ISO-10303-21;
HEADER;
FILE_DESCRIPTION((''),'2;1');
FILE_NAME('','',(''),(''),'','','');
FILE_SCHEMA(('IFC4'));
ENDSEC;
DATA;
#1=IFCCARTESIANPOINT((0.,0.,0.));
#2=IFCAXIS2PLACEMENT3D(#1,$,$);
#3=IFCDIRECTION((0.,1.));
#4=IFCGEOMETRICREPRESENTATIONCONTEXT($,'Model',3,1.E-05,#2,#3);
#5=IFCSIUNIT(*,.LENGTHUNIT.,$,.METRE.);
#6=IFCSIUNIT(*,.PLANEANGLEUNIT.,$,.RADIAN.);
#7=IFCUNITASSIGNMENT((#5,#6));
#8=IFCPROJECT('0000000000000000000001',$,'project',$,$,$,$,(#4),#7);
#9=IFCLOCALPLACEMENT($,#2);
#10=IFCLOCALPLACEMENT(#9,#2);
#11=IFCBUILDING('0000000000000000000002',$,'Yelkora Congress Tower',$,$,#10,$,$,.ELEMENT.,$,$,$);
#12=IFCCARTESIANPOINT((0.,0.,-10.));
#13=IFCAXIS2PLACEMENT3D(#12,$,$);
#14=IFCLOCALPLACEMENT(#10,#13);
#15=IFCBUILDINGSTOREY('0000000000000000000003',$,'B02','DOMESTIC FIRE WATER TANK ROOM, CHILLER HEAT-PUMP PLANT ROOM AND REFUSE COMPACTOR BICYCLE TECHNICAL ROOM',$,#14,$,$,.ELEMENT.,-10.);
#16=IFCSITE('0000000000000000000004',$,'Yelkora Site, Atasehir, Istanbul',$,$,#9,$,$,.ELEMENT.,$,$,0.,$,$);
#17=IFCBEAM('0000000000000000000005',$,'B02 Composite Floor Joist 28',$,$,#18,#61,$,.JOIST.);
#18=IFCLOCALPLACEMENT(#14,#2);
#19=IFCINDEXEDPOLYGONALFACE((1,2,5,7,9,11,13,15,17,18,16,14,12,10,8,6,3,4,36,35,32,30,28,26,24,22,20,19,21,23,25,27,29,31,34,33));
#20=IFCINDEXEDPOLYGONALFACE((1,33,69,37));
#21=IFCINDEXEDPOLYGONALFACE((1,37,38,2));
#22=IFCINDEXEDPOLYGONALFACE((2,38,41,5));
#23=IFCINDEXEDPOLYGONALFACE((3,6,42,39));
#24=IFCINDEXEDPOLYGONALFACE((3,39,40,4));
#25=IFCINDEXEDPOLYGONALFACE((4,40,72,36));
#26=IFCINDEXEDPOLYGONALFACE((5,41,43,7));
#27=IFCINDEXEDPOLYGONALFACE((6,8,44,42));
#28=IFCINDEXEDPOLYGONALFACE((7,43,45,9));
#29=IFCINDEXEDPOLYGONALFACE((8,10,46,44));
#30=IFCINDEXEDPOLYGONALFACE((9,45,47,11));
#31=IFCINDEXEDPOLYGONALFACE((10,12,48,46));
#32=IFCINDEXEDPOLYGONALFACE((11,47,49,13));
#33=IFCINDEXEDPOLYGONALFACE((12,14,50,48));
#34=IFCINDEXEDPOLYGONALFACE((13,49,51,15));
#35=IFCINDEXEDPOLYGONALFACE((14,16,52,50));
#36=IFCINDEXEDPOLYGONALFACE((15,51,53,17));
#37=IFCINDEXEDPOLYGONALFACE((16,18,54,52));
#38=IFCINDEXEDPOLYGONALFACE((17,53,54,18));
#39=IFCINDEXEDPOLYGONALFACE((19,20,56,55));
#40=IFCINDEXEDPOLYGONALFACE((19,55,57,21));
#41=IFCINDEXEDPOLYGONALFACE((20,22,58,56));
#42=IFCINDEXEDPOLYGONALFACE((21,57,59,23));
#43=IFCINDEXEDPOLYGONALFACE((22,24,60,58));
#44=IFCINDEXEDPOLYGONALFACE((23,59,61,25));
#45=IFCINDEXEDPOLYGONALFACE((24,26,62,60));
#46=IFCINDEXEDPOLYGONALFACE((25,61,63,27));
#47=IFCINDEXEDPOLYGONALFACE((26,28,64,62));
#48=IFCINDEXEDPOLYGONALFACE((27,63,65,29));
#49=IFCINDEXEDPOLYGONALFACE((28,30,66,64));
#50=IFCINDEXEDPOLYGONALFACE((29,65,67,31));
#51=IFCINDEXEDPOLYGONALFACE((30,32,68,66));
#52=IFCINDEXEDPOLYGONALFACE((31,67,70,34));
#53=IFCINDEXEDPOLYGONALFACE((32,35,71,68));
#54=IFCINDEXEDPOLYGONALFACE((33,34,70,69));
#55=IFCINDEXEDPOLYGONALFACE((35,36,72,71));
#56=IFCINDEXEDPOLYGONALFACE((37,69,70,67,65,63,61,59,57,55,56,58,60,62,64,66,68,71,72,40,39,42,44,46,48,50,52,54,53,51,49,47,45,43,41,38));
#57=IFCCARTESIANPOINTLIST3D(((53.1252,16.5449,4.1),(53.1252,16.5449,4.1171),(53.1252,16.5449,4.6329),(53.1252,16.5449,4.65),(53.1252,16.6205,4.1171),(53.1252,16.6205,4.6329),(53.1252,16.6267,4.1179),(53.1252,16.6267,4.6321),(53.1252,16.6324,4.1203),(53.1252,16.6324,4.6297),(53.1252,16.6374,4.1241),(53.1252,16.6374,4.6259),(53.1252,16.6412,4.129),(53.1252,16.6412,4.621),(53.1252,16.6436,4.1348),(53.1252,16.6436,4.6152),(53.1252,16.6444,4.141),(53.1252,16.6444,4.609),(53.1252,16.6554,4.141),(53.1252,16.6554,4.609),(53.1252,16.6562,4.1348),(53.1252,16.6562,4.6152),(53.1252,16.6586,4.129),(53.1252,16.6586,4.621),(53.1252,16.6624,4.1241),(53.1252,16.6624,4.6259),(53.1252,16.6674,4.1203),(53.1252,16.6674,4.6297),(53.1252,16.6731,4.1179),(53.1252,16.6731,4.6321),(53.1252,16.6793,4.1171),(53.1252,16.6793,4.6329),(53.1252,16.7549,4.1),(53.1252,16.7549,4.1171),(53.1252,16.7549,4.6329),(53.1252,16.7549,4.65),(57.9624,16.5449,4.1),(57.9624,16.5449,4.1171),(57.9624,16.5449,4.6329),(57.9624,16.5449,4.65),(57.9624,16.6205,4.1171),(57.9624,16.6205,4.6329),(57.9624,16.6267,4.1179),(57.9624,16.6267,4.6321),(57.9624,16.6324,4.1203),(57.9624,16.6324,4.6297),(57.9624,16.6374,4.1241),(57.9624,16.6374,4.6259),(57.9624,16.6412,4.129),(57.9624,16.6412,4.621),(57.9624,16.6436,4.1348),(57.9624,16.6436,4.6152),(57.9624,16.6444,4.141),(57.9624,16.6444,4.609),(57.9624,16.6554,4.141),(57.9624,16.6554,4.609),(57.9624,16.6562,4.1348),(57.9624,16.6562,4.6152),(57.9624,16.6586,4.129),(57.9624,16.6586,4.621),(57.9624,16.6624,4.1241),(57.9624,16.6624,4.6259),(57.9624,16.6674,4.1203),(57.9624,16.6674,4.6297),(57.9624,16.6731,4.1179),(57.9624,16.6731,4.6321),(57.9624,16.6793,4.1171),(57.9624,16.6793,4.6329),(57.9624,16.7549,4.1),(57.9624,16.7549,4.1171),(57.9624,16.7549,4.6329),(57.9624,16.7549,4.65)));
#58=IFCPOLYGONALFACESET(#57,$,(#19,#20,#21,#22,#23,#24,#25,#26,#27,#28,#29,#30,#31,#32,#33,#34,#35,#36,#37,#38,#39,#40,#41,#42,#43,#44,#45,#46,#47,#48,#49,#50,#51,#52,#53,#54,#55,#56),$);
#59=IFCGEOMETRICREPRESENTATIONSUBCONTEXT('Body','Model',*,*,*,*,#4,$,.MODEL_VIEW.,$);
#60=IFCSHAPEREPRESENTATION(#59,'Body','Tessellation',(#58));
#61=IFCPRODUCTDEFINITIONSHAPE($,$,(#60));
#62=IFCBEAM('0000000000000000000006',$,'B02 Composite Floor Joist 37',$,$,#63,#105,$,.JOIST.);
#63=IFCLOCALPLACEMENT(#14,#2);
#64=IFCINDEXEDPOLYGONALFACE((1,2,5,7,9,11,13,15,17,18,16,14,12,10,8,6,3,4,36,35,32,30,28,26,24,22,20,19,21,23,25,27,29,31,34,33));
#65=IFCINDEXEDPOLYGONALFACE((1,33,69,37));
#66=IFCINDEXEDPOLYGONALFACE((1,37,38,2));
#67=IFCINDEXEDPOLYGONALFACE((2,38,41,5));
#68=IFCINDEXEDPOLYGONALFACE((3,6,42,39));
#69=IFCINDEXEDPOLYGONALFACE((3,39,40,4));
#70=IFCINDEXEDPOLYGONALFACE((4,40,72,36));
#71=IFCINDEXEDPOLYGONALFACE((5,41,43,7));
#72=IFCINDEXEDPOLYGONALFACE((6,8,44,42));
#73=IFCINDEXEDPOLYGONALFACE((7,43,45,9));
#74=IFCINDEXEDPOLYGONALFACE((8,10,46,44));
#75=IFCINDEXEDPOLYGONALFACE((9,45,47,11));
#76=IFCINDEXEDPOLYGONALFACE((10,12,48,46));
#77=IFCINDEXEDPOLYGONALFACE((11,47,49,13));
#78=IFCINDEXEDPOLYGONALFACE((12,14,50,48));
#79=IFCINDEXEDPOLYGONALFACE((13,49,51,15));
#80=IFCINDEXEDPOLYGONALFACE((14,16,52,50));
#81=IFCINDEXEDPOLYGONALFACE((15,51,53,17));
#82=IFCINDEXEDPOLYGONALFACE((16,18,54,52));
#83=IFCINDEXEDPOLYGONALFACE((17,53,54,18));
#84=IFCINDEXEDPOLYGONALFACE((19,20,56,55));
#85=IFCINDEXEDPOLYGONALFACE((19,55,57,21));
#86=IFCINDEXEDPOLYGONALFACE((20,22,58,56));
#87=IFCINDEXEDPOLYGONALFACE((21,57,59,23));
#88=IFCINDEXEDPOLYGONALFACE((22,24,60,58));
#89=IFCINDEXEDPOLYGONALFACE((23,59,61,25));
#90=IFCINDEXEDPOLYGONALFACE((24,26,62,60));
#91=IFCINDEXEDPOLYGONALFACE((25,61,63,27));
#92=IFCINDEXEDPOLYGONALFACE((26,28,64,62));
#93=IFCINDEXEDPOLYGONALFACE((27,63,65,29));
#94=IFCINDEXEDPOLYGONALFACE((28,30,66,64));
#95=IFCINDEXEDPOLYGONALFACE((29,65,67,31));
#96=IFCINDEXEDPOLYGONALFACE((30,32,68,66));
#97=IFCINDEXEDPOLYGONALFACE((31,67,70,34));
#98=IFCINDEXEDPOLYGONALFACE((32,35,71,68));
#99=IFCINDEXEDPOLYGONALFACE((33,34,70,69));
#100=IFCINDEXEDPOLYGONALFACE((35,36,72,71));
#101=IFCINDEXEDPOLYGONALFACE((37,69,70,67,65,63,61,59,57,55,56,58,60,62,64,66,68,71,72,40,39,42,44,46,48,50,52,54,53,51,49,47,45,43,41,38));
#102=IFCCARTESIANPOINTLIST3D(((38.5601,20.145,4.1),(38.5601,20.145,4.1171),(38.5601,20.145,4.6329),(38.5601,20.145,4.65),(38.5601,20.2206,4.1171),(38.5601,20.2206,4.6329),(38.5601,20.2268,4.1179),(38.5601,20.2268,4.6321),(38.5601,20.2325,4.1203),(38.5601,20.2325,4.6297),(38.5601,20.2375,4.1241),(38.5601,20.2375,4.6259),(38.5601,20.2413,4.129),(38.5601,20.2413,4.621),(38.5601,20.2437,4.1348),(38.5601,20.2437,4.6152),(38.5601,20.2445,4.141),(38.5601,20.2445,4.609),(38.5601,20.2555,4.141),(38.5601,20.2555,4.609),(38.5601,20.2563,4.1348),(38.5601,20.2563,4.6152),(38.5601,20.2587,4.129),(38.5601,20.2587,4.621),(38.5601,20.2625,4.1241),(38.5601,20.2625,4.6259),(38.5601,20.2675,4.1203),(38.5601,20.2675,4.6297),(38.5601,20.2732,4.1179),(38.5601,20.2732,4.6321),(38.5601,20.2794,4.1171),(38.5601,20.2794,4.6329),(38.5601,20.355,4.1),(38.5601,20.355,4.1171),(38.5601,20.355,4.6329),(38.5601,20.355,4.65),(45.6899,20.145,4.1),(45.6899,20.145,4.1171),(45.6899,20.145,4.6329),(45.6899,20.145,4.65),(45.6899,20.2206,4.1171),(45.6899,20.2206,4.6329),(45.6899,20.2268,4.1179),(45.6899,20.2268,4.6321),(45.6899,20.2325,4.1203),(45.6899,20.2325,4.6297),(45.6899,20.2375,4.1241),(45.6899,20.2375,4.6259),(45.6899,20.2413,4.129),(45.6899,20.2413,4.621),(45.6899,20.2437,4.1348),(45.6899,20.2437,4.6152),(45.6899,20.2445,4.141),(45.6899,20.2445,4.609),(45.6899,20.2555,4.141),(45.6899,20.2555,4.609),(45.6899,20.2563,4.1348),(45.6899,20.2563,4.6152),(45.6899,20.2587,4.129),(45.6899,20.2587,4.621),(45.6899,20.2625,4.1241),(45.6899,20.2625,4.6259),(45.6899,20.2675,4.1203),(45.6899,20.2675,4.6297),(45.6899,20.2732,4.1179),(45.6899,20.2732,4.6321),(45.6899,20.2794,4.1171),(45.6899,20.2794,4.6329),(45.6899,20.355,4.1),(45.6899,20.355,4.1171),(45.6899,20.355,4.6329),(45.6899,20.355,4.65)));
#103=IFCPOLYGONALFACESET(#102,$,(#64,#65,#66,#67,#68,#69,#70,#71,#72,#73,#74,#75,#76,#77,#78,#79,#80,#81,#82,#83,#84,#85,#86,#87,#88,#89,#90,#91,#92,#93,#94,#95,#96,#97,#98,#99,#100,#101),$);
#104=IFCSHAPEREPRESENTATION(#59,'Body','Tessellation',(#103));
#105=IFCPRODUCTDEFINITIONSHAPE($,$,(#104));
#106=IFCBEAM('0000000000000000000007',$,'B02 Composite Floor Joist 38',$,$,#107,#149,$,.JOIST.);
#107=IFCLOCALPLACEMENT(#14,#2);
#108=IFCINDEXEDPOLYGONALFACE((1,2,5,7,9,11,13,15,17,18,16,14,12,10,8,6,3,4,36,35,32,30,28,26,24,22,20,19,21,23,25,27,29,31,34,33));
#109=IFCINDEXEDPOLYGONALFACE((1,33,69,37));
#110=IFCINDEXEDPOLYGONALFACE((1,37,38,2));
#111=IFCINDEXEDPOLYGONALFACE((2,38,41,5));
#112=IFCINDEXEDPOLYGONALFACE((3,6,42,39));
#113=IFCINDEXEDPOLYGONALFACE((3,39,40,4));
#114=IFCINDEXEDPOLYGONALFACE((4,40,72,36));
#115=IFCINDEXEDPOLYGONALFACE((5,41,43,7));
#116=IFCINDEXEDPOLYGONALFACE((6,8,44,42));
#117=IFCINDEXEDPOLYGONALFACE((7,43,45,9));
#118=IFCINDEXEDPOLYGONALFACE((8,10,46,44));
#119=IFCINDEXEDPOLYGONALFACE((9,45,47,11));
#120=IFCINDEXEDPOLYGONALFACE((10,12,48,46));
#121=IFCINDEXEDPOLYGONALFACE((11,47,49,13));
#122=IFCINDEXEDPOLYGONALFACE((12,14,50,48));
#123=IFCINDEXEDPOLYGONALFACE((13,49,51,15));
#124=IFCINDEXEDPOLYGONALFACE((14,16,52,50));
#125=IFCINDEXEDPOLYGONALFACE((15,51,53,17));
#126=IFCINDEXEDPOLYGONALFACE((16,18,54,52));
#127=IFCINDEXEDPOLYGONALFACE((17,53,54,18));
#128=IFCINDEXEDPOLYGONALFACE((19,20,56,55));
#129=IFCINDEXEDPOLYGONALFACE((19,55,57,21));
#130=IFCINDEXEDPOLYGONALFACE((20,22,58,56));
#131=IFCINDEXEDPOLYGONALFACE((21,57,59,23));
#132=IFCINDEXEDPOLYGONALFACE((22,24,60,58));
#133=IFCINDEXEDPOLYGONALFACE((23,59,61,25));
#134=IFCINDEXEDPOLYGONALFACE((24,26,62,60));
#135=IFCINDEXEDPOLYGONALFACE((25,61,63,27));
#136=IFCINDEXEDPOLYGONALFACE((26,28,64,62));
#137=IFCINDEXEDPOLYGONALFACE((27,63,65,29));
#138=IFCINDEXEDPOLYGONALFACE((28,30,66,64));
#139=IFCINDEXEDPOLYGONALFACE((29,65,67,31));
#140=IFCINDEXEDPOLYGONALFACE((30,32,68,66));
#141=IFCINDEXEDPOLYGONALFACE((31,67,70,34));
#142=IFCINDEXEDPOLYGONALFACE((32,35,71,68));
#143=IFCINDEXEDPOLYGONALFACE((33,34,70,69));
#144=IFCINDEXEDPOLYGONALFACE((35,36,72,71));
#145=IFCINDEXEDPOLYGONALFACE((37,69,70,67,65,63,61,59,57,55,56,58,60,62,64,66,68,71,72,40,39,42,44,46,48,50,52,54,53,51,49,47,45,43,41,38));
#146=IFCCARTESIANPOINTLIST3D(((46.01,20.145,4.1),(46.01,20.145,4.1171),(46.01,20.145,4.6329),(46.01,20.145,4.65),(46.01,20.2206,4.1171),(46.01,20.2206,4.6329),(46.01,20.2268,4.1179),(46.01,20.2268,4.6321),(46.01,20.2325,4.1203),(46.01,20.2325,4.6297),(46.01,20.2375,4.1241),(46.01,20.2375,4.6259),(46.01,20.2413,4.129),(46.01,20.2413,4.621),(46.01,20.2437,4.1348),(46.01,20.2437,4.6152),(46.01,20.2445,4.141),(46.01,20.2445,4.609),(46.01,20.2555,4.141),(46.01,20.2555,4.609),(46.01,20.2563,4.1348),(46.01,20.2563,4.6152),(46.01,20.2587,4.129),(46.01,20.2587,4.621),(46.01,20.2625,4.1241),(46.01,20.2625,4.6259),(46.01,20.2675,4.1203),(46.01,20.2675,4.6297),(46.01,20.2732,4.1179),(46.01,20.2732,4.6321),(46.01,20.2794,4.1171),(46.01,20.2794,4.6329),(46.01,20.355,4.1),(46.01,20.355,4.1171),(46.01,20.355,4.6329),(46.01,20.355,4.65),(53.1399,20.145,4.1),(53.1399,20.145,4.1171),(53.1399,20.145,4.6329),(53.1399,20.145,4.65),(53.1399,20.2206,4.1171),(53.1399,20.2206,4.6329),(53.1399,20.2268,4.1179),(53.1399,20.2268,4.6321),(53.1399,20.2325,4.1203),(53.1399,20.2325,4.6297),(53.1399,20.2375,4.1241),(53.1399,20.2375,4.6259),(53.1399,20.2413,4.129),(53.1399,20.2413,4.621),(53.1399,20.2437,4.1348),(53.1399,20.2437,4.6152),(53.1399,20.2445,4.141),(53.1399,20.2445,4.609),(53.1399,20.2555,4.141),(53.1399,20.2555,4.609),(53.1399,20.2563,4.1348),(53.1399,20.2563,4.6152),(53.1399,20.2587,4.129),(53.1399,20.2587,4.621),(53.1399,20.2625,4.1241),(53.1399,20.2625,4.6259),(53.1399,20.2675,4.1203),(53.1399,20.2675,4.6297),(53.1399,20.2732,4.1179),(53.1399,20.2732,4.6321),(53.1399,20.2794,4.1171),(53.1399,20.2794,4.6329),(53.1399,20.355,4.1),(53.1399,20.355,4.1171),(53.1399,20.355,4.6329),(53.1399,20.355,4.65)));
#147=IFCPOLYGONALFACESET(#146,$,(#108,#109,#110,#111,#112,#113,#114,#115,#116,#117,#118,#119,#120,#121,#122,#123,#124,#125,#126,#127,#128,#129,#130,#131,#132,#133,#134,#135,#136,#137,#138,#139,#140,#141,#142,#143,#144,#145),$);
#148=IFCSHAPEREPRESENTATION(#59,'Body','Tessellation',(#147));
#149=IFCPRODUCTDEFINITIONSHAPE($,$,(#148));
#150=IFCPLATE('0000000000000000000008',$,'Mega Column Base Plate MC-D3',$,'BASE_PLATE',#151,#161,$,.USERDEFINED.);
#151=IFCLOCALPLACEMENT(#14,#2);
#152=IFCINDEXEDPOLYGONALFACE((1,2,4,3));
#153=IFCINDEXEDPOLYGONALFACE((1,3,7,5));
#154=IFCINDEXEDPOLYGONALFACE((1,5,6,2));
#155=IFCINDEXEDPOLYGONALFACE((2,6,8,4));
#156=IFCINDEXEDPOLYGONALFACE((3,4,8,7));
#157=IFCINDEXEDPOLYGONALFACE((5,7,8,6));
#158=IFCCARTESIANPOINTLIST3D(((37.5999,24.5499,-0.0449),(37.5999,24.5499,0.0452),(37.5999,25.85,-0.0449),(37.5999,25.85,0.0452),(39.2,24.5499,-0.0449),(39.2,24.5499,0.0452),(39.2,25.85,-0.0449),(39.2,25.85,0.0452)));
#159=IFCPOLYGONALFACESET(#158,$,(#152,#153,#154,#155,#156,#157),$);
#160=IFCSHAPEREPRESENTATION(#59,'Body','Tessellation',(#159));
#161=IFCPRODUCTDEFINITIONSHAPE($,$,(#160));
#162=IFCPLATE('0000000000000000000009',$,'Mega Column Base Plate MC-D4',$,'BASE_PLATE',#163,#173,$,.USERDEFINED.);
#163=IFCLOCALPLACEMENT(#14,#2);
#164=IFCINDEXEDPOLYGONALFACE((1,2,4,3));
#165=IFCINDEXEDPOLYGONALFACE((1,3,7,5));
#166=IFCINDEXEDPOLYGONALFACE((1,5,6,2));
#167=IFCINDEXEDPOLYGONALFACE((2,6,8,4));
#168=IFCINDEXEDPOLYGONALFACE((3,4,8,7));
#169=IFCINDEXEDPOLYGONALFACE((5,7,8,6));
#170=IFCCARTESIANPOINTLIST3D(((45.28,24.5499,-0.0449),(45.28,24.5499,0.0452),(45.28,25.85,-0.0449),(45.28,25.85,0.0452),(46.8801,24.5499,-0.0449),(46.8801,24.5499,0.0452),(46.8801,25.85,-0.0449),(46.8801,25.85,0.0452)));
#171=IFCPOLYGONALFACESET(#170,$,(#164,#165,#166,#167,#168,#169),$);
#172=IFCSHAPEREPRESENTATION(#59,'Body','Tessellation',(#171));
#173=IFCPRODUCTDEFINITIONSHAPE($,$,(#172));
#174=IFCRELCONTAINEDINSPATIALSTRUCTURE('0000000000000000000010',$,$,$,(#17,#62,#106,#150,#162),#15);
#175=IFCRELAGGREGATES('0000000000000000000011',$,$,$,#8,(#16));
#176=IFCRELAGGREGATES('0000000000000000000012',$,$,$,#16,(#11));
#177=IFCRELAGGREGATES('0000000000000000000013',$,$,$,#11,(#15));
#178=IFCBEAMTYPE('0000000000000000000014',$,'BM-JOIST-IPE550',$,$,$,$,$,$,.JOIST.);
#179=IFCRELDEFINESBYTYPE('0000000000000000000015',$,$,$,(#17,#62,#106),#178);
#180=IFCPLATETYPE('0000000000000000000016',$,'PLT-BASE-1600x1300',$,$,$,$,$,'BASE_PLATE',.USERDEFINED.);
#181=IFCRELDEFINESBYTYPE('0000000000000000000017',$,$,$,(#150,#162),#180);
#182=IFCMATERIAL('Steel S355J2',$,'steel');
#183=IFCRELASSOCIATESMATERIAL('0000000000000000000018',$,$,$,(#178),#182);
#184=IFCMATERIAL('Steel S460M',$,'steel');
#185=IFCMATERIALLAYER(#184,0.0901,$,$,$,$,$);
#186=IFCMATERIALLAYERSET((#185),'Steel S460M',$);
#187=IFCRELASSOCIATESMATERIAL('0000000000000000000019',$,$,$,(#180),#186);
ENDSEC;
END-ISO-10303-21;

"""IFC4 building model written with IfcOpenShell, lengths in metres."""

from ifc_helpers import new_model, si_unit, direction, frame, origin, origin_2d, place, context, subcontext, project, spatial, rectangle, i_section, extrude, material, layer, layer_set, material_profile, profile_set, type_object, element, save


model = new_model("IFC4")

# Units and contexts
model_context = context("Model", 3, precision=1e-05, world=origin(), true_north=direction((0.0, 1.0)))
body_context = subcontext(model_context, "Body", "Model", "MODEL_VIEW")
ifc_project = project(units=[si_unit("LENGTHUNIT", "METRE"), si_unit("PLANEANGLEUNIT", "RADIAN")], contexts=[model_context])

# Site, building, storey
site_placement = place(None, origin())
site = spatial("IfcSite", under=ifc_project, at=site_placement, Name="Yelkora Site, Atasehir, Istanbul", CompositionType="ELEMENT", RefElevation=0.0)
building_placement = place(site_placement, origin())
building = spatial("IfcBuilding", under=site, at=building_placement, Name="Yelkora Congress Tower", CompositionType="ELEMENT")
storey_placement = place(building_placement, frame((0.0, 0.0, -10.0)))
storey = spatial("IfcBuildingStorey", under=building, at=storey_placement, Name="B02", Description="DOMESTIC FIRE WATER TANK ROOM, CHILLER HEAT-PUMP PLANT ROOM AND REFUSE COMPACTOR BICYCLE TECHNICAL ROOM", CompositionType="ELEMENT", Elevation=-10.0)

# Beams
ifc_material_1 = material(Name="Steel S355J2", Category="steel")
ifc_material_profile_1 = material_profile(ifc_material_1, i_section(OverallWidth=0.21, OverallDepth=0.55, WebThickness=0.011, FlangeThickness=0.0171, FilletRadius=0.0239, at=origin_2d()), Name="IPE 550")
ifc_profile_set_1 = profile_set([ifc_material_profile_1], Name="Steel S355J2")
beam_type_1 = type_object("IfcBeamType", Name="BM-JOIST-IPE550", PredefinedType="JOIST", material=ifc_profile_set_1)
beam_1_placement = place(storey_placement, frame((53.1252, 16.6499, 4.375), z_axis=(1.0, 0.0, 0.0), x_axis=(0.0, 1.0, 0.0)))
element("IfcBeam", 1, at=beam_1_placement, inside=storey, type_object=beam_type_1, Name="B02 Composite Floor Joist 28", PredefinedType="JOIST", context=body_context, shape_type="SweptSolid", body=[
    extrude(i_section(OverallWidth=0.21, OverallDepth=0.55, WebThickness=0.011, FlangeThickness=0.0171, FilletRadius=0.0239, at=origin_2d()), origin(), (0.0, 0.0, 1.0), 4.8372),
])
for number, where, z_axis, x_axis, name in (
    (2, (38.5601, 20.25, 4.375), (1.0, 0.0, 0.0), (0.0, 1.0, 0.0), "B02 Composite Floor Joist 37"),
    (3, (46.01, 20.25, 4.375), (1.0, 0.0, 0.0), (0.0, 1.0, 0.0), "B02 Composite Floor Joist 38"),
):
    element("IfcBeam", number, at=place(storey_placement, frame(where, z_axis=z_axis, x_axis=x_axis)), inside=storey, type_object=beam_type_1, Name=name, PredefinedType="JOIST", context=body_context, shape_type="SweptSolid", body=[
        extrude(i_section(OverallWidth=0.21, OverallDepth=0.55, WebThickness=0.011, FlangeThickness=0.0171, FilletRadius=0.0239, at=origin_2d()), origin(), (0.0, 0.0, 1.0), 7.1299),
    ])

# Plates
ifc_material_2 = material(Name="Steel S460M", Category="steel")
ifc_layer = layer(ifc_material_2, 0.0901)
ifc_layer_set = layer_set([ifc_layer], Name="Steel S460M")
plate_type = type_object("IfcPlateType", Name="PLT-BASE-1600x1300", ElementType="BASE_PLATE", PredefinedType="USERDEFINED", material=ifc_layer_set)
for number, where, z_axis, x_axis, name in (
    (4, (38.3999, 25.2, -0.0449), (0.0, 0.0, 1.0), (1.0, 0.0, 0.0), "Mega Column Base Plate MC-D3"),
    (5, (46.0801, 25.2, -0.0449), (0.0, 0.0, 1.0), (1.0, 0.0, 0.0), "Mega Column Base Plate MC-D4"),
):
    element("IfcPlate", number, at=place(storey_placement, frame(where, z_axis=z_axis, x_axis=x_axis)), inside=storey, type_object=plate_type, Name=name, ObjectType="BASE_PLATE", PredefinedType="USERDEFINED", context=body_context, shape_type="SweptSolid", body=[
        extrude(rectangle(XDim=1.6001, YDim=1.3, at=origin_2d()), origin(), (0.0, 0.0, 1.0), 0.0901),
    ])

save(model, "model.ifc")
